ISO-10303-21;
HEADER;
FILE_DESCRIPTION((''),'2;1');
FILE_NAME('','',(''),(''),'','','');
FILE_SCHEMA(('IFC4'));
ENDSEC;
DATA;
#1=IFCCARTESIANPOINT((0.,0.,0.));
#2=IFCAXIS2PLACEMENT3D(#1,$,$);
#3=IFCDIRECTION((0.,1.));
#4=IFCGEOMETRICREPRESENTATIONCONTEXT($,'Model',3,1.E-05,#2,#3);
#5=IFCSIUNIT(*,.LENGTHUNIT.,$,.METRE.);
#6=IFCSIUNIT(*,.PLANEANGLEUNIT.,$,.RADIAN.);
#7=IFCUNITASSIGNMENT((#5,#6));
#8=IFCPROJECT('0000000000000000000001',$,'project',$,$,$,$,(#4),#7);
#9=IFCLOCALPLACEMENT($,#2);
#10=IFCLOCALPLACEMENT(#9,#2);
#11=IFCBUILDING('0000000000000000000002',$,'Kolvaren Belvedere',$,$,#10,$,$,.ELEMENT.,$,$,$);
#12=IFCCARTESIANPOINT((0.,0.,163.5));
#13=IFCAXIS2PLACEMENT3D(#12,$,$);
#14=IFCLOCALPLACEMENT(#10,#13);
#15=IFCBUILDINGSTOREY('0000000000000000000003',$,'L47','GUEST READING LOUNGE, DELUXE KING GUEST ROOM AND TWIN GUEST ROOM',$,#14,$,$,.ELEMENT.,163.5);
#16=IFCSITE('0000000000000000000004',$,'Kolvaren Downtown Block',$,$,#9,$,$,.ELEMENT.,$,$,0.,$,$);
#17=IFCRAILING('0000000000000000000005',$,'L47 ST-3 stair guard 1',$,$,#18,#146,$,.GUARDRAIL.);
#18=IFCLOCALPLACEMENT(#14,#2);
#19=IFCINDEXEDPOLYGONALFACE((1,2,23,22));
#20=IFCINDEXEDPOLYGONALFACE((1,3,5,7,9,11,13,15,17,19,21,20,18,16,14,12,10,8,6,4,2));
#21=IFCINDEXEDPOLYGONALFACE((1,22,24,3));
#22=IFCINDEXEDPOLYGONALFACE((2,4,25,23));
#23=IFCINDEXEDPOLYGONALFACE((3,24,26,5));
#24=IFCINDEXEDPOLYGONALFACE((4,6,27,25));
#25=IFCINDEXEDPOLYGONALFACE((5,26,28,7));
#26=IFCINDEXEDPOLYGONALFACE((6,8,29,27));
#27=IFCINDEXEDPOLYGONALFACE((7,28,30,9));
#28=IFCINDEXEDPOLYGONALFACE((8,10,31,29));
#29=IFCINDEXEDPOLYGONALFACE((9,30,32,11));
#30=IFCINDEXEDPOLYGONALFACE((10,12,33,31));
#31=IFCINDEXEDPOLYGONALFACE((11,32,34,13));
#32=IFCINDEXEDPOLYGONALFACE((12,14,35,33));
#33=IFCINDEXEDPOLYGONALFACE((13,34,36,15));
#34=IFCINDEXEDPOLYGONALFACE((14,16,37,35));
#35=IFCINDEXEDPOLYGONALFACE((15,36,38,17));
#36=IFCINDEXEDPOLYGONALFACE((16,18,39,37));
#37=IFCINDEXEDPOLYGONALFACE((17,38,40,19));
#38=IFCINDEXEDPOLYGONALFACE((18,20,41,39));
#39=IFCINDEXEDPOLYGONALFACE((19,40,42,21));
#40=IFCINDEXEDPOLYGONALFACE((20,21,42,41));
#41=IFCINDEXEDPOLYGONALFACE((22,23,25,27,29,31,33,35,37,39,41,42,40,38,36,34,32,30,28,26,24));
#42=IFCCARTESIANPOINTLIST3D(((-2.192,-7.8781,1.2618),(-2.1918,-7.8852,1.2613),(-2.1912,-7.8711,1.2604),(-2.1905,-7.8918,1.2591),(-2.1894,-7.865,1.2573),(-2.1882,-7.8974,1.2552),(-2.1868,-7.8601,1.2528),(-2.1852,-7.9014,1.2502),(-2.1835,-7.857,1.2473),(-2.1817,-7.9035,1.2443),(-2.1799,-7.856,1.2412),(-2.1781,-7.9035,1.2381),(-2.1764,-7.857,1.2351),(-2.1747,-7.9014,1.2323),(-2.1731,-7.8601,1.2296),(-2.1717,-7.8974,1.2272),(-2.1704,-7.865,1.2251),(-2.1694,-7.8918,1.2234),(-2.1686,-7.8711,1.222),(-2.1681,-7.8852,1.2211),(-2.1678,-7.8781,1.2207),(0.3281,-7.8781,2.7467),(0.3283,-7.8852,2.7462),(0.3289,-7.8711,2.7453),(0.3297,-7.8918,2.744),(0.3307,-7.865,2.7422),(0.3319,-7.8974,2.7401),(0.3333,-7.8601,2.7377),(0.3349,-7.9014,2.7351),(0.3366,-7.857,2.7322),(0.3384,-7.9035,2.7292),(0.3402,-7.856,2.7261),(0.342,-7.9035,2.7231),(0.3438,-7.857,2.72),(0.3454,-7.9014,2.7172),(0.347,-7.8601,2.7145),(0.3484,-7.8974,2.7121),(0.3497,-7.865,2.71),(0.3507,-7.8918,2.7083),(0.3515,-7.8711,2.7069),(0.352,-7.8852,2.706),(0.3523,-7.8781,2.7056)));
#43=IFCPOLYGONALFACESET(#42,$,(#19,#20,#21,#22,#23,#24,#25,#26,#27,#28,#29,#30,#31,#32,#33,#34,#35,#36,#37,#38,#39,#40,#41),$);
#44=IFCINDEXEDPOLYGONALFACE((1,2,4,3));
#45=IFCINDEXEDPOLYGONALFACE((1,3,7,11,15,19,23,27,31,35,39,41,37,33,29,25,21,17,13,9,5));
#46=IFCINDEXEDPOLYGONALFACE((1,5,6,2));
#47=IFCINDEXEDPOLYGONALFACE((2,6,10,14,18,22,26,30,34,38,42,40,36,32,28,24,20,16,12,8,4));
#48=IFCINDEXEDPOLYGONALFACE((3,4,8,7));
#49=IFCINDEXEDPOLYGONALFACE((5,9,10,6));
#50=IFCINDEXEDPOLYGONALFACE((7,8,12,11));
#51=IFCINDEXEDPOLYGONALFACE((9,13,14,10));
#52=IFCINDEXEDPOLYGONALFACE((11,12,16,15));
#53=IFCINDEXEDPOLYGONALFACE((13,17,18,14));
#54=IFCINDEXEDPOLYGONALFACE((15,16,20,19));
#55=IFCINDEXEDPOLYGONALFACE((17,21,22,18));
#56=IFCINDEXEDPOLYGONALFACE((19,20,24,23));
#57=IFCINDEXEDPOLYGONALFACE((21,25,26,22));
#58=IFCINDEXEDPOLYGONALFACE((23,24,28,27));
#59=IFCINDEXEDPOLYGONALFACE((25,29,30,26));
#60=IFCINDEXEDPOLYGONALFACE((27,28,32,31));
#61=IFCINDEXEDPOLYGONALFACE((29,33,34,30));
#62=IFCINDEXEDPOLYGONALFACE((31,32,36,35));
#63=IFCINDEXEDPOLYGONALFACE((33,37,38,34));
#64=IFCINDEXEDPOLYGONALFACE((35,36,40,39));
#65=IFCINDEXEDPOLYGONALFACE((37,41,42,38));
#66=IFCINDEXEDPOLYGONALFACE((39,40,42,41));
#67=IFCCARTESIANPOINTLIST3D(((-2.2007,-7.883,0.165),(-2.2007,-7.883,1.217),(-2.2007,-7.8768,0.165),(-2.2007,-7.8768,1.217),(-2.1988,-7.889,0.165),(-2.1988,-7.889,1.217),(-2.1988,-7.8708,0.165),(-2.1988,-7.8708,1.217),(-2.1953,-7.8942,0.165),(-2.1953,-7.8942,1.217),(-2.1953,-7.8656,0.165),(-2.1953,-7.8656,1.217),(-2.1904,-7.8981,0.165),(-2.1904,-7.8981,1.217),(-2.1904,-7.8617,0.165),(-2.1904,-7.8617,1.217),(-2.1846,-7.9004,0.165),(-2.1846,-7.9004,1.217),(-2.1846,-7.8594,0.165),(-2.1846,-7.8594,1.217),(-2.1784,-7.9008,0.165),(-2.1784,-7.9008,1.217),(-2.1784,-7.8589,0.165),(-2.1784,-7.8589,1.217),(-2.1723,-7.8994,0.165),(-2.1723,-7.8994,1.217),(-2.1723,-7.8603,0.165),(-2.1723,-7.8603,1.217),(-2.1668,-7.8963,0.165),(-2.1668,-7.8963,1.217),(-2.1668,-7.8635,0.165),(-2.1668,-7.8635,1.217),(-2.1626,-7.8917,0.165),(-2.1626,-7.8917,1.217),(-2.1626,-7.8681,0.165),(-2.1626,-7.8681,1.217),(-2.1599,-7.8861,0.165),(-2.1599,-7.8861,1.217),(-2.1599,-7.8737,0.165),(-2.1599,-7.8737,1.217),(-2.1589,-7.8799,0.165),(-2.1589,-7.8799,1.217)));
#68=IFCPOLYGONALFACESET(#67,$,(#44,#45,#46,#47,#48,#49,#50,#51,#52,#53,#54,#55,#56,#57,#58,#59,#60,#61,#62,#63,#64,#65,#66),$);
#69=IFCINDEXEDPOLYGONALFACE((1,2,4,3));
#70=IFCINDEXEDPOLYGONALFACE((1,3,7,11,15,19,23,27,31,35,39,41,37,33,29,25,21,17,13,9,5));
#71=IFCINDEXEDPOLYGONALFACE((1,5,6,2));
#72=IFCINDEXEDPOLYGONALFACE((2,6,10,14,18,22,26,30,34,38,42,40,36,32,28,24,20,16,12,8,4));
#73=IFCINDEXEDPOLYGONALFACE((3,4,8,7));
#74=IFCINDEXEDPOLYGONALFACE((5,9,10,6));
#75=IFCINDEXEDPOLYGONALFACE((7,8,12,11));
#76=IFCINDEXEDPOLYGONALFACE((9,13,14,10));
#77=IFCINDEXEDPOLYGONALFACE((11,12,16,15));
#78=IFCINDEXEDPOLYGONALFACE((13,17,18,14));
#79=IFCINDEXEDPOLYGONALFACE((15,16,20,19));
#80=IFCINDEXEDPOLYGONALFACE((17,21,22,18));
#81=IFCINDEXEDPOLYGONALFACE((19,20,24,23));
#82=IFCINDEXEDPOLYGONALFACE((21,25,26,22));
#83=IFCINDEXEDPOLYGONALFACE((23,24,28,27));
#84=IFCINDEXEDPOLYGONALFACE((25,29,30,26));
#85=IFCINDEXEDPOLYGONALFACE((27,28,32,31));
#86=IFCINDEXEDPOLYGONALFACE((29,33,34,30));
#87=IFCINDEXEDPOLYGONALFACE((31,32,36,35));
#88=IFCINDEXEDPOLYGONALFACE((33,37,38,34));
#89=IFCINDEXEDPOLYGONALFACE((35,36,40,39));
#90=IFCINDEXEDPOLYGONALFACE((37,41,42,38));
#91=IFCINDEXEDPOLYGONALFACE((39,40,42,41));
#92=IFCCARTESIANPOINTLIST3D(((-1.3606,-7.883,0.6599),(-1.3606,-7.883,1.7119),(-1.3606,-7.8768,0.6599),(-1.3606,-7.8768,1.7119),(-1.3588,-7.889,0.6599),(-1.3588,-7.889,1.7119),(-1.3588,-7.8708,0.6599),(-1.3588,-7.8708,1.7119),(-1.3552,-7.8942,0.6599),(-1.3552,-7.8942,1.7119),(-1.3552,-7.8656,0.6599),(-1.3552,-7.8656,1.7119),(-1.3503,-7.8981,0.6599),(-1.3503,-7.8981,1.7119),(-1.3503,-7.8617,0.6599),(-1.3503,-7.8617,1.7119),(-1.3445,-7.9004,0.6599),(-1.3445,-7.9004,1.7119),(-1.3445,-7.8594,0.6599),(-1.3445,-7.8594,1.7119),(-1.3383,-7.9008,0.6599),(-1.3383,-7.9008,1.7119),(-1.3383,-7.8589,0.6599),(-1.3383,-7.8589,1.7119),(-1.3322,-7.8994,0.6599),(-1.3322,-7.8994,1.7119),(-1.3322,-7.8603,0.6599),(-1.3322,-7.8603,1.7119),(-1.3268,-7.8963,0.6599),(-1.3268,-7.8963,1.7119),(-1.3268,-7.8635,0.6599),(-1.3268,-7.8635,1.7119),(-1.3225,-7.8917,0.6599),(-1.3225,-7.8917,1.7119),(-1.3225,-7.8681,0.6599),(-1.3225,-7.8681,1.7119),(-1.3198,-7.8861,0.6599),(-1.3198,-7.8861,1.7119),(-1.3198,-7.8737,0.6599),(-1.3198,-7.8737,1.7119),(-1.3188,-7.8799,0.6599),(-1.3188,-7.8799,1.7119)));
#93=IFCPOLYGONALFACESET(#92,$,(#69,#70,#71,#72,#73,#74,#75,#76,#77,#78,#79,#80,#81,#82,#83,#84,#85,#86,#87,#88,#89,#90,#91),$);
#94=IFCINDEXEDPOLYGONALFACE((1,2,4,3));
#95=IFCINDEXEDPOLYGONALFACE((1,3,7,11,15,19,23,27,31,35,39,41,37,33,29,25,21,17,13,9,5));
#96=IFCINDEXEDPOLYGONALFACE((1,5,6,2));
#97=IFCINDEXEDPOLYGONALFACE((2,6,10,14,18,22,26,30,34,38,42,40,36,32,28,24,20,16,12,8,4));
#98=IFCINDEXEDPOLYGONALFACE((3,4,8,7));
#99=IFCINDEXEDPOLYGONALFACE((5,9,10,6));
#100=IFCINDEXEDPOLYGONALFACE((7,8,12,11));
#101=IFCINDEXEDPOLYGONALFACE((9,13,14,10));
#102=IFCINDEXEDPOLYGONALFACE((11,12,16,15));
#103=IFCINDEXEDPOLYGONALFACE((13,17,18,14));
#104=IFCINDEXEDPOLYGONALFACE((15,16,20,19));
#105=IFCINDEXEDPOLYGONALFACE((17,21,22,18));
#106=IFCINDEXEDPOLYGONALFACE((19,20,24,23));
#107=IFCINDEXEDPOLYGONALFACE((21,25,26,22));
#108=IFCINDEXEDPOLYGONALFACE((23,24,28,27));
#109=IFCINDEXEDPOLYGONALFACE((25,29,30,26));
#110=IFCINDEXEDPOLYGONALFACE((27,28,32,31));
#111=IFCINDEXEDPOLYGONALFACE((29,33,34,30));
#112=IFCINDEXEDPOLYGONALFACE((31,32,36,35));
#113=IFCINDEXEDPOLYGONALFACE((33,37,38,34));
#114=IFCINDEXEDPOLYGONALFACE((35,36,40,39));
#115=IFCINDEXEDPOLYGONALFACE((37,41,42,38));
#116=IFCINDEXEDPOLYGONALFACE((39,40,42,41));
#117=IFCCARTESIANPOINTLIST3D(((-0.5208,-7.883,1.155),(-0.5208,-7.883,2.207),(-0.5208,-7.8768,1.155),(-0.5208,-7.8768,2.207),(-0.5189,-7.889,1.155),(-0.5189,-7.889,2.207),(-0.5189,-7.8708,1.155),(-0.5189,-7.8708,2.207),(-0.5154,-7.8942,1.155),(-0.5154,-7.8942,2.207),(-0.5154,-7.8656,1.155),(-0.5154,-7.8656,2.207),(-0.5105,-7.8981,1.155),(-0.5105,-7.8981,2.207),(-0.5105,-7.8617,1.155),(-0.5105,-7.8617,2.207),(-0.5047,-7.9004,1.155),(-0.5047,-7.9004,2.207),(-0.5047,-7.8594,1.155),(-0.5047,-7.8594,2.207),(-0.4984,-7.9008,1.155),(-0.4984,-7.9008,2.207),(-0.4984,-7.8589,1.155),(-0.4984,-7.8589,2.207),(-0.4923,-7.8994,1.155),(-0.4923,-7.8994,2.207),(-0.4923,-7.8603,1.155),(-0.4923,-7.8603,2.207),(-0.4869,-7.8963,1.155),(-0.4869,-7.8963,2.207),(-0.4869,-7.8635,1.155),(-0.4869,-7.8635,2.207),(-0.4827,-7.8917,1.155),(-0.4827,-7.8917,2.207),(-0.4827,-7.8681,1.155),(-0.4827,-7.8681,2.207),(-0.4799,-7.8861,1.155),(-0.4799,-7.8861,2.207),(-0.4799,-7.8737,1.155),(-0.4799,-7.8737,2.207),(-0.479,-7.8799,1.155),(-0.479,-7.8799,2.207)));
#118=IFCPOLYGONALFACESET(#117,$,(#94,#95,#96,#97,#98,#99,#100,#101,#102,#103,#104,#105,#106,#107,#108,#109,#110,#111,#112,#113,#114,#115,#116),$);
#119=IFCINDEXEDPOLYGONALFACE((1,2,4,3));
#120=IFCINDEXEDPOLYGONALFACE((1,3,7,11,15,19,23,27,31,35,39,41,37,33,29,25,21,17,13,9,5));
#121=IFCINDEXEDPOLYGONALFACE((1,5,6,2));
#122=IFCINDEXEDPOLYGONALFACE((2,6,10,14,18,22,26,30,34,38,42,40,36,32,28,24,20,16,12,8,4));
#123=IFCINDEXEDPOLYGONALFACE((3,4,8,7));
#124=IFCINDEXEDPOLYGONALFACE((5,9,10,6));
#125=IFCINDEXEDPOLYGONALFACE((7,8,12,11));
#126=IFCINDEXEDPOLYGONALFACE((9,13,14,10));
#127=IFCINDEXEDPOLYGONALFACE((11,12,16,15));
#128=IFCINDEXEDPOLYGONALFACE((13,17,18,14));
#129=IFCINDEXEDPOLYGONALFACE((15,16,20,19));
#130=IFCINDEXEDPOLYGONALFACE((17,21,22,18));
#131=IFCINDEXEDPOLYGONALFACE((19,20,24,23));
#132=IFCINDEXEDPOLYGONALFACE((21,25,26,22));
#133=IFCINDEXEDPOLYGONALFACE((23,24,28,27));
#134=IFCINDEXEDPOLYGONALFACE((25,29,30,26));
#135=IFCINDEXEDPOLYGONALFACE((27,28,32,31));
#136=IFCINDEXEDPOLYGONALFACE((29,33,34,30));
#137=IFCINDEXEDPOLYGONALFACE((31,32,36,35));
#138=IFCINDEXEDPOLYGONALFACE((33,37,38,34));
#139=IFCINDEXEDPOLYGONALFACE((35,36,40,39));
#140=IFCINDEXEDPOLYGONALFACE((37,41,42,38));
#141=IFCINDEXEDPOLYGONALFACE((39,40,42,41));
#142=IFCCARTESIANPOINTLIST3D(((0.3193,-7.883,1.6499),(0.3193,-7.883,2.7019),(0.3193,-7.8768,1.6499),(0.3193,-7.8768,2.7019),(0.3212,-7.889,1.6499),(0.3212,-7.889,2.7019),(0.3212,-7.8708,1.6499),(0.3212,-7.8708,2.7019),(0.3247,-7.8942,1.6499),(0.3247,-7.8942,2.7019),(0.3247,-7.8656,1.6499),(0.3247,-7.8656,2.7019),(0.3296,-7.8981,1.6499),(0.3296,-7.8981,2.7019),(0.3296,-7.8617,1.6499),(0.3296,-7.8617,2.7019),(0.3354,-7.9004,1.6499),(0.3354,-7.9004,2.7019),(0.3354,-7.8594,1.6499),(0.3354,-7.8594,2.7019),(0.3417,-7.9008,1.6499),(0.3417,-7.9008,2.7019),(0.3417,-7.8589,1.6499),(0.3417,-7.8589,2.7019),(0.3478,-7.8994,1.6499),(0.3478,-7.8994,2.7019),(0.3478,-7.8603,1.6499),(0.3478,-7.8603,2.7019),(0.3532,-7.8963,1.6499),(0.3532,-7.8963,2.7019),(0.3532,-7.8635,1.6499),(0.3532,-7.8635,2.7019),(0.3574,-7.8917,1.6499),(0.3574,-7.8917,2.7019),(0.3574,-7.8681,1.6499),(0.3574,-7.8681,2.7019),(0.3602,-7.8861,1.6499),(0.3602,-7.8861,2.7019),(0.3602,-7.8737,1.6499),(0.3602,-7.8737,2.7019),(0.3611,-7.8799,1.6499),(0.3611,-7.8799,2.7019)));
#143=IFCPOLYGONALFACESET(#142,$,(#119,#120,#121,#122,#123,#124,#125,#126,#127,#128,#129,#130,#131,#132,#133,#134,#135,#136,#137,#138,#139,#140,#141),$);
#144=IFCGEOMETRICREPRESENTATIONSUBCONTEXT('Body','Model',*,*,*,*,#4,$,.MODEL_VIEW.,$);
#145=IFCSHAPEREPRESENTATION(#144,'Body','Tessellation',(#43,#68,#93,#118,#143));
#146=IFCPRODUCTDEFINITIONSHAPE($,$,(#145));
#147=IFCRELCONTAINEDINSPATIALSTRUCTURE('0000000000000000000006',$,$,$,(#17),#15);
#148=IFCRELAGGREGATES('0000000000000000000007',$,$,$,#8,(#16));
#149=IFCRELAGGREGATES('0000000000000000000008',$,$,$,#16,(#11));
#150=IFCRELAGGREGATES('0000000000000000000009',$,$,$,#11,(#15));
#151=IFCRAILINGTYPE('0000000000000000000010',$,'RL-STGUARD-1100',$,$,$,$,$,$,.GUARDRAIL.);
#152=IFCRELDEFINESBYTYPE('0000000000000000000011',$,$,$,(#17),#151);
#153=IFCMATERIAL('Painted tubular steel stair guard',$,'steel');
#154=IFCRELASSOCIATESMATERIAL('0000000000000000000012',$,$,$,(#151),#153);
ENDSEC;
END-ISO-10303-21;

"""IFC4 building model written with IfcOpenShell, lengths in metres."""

from ifc_helpers import new_model, si_unit, direction, frame, origin, origin_2d, place, context, subcontext, project, spatial, circle, extrude, material, type_object, element, save


model = new_model("IFC4")

# Units and contexts
model_context = context("Model", 3, precision=1e-05, world=origin(), true_north=direction((0.0, 1.0)))
body_context = subcontext(model_context, "Body", "Model", "MODEL_VIEW")
ifc_project = project(units=[si_unit("LENGTHUNIT", "METRE"), si_unit("PLANEANGLEUNIT", "RADIAN")], contexts=[model_context])

# Site, building, storey
site_placement = place(None, origin())
site = spatial("IfcSite", under=ifc_project, at=site_placement, Name="Kolvaren Downtown Block", CompositionType="ELEMENT", RefElevation=0.0)
building_placement = place(site_placement, origin())
building = spatial("IfcBuilding", under=site, at=building_placement, Name="Kolvaren Belvedere", CompositionType="ELEMENT")
storey_placement = place(building_placement, frame((0.0, 0.0, 163.5)))
storey = spatial("IfcBuildingStorey", under=building, at=storey_placement, Name="L47", Description="GUEST READING LOUNGE, DELUXE KING GUEST ROOM AND TWIN GUEST ROOM", CompositionType="ELEMENT", Elevation=163.5)

# Railing
ifc_material_1 = material(Name="Painted tubular steel stair guard", Category="steel")
railing_type_1 = type_object("IfcRailingType", Name="RL-STGUARD-1100", PredefinedType="GUARDRAIL", material=ifc_material_1)
railing_1_placement = place(storey_placement, frame((-2.1799, -7.8799, 0.165)))
element("IfcRailing", 1, at=railing_1_placement, inside=storey, type_object=railing_type_1, Name="L47 ST-3 stair guard 1", PredefinedType="GUARDRAIL", context=body_context, shape_type="SweptSolid", body=[
    extrude(circle(Radius=0.0239, at=origin_2d()), frame((0.0, 0.0, 1.0762), z_axis=(0.861561, 0.0, 0.507655), x_axis=(0.0, 1.0, 0.0)), (0.0, 0.0, 1.0), 2.925),
    extrude(circle(Radius=0.021, at=origin_2d()), origin(), (0.0, 0.0, 1.0), 1.052),
    extrude(circle(Radius=0.021, at=origin_2d()), frame((0.8401, 0.0, 0.4949)), (0.0, 0.0, 1.0), 1.052),
    extrude(circle(Radius=0.021, at=origin_2d()), frame((1.6799, 0.0, 0.99)), (0.0, 0.0, 1.0), 1.052),
    extrude(circle(Radius=0.021, at=origin_2d()), frame((2.52, 0.0, 1.4849)), (0.0, 0.0, 1.0), 1.052),
])

save(model, "model.ifc")
